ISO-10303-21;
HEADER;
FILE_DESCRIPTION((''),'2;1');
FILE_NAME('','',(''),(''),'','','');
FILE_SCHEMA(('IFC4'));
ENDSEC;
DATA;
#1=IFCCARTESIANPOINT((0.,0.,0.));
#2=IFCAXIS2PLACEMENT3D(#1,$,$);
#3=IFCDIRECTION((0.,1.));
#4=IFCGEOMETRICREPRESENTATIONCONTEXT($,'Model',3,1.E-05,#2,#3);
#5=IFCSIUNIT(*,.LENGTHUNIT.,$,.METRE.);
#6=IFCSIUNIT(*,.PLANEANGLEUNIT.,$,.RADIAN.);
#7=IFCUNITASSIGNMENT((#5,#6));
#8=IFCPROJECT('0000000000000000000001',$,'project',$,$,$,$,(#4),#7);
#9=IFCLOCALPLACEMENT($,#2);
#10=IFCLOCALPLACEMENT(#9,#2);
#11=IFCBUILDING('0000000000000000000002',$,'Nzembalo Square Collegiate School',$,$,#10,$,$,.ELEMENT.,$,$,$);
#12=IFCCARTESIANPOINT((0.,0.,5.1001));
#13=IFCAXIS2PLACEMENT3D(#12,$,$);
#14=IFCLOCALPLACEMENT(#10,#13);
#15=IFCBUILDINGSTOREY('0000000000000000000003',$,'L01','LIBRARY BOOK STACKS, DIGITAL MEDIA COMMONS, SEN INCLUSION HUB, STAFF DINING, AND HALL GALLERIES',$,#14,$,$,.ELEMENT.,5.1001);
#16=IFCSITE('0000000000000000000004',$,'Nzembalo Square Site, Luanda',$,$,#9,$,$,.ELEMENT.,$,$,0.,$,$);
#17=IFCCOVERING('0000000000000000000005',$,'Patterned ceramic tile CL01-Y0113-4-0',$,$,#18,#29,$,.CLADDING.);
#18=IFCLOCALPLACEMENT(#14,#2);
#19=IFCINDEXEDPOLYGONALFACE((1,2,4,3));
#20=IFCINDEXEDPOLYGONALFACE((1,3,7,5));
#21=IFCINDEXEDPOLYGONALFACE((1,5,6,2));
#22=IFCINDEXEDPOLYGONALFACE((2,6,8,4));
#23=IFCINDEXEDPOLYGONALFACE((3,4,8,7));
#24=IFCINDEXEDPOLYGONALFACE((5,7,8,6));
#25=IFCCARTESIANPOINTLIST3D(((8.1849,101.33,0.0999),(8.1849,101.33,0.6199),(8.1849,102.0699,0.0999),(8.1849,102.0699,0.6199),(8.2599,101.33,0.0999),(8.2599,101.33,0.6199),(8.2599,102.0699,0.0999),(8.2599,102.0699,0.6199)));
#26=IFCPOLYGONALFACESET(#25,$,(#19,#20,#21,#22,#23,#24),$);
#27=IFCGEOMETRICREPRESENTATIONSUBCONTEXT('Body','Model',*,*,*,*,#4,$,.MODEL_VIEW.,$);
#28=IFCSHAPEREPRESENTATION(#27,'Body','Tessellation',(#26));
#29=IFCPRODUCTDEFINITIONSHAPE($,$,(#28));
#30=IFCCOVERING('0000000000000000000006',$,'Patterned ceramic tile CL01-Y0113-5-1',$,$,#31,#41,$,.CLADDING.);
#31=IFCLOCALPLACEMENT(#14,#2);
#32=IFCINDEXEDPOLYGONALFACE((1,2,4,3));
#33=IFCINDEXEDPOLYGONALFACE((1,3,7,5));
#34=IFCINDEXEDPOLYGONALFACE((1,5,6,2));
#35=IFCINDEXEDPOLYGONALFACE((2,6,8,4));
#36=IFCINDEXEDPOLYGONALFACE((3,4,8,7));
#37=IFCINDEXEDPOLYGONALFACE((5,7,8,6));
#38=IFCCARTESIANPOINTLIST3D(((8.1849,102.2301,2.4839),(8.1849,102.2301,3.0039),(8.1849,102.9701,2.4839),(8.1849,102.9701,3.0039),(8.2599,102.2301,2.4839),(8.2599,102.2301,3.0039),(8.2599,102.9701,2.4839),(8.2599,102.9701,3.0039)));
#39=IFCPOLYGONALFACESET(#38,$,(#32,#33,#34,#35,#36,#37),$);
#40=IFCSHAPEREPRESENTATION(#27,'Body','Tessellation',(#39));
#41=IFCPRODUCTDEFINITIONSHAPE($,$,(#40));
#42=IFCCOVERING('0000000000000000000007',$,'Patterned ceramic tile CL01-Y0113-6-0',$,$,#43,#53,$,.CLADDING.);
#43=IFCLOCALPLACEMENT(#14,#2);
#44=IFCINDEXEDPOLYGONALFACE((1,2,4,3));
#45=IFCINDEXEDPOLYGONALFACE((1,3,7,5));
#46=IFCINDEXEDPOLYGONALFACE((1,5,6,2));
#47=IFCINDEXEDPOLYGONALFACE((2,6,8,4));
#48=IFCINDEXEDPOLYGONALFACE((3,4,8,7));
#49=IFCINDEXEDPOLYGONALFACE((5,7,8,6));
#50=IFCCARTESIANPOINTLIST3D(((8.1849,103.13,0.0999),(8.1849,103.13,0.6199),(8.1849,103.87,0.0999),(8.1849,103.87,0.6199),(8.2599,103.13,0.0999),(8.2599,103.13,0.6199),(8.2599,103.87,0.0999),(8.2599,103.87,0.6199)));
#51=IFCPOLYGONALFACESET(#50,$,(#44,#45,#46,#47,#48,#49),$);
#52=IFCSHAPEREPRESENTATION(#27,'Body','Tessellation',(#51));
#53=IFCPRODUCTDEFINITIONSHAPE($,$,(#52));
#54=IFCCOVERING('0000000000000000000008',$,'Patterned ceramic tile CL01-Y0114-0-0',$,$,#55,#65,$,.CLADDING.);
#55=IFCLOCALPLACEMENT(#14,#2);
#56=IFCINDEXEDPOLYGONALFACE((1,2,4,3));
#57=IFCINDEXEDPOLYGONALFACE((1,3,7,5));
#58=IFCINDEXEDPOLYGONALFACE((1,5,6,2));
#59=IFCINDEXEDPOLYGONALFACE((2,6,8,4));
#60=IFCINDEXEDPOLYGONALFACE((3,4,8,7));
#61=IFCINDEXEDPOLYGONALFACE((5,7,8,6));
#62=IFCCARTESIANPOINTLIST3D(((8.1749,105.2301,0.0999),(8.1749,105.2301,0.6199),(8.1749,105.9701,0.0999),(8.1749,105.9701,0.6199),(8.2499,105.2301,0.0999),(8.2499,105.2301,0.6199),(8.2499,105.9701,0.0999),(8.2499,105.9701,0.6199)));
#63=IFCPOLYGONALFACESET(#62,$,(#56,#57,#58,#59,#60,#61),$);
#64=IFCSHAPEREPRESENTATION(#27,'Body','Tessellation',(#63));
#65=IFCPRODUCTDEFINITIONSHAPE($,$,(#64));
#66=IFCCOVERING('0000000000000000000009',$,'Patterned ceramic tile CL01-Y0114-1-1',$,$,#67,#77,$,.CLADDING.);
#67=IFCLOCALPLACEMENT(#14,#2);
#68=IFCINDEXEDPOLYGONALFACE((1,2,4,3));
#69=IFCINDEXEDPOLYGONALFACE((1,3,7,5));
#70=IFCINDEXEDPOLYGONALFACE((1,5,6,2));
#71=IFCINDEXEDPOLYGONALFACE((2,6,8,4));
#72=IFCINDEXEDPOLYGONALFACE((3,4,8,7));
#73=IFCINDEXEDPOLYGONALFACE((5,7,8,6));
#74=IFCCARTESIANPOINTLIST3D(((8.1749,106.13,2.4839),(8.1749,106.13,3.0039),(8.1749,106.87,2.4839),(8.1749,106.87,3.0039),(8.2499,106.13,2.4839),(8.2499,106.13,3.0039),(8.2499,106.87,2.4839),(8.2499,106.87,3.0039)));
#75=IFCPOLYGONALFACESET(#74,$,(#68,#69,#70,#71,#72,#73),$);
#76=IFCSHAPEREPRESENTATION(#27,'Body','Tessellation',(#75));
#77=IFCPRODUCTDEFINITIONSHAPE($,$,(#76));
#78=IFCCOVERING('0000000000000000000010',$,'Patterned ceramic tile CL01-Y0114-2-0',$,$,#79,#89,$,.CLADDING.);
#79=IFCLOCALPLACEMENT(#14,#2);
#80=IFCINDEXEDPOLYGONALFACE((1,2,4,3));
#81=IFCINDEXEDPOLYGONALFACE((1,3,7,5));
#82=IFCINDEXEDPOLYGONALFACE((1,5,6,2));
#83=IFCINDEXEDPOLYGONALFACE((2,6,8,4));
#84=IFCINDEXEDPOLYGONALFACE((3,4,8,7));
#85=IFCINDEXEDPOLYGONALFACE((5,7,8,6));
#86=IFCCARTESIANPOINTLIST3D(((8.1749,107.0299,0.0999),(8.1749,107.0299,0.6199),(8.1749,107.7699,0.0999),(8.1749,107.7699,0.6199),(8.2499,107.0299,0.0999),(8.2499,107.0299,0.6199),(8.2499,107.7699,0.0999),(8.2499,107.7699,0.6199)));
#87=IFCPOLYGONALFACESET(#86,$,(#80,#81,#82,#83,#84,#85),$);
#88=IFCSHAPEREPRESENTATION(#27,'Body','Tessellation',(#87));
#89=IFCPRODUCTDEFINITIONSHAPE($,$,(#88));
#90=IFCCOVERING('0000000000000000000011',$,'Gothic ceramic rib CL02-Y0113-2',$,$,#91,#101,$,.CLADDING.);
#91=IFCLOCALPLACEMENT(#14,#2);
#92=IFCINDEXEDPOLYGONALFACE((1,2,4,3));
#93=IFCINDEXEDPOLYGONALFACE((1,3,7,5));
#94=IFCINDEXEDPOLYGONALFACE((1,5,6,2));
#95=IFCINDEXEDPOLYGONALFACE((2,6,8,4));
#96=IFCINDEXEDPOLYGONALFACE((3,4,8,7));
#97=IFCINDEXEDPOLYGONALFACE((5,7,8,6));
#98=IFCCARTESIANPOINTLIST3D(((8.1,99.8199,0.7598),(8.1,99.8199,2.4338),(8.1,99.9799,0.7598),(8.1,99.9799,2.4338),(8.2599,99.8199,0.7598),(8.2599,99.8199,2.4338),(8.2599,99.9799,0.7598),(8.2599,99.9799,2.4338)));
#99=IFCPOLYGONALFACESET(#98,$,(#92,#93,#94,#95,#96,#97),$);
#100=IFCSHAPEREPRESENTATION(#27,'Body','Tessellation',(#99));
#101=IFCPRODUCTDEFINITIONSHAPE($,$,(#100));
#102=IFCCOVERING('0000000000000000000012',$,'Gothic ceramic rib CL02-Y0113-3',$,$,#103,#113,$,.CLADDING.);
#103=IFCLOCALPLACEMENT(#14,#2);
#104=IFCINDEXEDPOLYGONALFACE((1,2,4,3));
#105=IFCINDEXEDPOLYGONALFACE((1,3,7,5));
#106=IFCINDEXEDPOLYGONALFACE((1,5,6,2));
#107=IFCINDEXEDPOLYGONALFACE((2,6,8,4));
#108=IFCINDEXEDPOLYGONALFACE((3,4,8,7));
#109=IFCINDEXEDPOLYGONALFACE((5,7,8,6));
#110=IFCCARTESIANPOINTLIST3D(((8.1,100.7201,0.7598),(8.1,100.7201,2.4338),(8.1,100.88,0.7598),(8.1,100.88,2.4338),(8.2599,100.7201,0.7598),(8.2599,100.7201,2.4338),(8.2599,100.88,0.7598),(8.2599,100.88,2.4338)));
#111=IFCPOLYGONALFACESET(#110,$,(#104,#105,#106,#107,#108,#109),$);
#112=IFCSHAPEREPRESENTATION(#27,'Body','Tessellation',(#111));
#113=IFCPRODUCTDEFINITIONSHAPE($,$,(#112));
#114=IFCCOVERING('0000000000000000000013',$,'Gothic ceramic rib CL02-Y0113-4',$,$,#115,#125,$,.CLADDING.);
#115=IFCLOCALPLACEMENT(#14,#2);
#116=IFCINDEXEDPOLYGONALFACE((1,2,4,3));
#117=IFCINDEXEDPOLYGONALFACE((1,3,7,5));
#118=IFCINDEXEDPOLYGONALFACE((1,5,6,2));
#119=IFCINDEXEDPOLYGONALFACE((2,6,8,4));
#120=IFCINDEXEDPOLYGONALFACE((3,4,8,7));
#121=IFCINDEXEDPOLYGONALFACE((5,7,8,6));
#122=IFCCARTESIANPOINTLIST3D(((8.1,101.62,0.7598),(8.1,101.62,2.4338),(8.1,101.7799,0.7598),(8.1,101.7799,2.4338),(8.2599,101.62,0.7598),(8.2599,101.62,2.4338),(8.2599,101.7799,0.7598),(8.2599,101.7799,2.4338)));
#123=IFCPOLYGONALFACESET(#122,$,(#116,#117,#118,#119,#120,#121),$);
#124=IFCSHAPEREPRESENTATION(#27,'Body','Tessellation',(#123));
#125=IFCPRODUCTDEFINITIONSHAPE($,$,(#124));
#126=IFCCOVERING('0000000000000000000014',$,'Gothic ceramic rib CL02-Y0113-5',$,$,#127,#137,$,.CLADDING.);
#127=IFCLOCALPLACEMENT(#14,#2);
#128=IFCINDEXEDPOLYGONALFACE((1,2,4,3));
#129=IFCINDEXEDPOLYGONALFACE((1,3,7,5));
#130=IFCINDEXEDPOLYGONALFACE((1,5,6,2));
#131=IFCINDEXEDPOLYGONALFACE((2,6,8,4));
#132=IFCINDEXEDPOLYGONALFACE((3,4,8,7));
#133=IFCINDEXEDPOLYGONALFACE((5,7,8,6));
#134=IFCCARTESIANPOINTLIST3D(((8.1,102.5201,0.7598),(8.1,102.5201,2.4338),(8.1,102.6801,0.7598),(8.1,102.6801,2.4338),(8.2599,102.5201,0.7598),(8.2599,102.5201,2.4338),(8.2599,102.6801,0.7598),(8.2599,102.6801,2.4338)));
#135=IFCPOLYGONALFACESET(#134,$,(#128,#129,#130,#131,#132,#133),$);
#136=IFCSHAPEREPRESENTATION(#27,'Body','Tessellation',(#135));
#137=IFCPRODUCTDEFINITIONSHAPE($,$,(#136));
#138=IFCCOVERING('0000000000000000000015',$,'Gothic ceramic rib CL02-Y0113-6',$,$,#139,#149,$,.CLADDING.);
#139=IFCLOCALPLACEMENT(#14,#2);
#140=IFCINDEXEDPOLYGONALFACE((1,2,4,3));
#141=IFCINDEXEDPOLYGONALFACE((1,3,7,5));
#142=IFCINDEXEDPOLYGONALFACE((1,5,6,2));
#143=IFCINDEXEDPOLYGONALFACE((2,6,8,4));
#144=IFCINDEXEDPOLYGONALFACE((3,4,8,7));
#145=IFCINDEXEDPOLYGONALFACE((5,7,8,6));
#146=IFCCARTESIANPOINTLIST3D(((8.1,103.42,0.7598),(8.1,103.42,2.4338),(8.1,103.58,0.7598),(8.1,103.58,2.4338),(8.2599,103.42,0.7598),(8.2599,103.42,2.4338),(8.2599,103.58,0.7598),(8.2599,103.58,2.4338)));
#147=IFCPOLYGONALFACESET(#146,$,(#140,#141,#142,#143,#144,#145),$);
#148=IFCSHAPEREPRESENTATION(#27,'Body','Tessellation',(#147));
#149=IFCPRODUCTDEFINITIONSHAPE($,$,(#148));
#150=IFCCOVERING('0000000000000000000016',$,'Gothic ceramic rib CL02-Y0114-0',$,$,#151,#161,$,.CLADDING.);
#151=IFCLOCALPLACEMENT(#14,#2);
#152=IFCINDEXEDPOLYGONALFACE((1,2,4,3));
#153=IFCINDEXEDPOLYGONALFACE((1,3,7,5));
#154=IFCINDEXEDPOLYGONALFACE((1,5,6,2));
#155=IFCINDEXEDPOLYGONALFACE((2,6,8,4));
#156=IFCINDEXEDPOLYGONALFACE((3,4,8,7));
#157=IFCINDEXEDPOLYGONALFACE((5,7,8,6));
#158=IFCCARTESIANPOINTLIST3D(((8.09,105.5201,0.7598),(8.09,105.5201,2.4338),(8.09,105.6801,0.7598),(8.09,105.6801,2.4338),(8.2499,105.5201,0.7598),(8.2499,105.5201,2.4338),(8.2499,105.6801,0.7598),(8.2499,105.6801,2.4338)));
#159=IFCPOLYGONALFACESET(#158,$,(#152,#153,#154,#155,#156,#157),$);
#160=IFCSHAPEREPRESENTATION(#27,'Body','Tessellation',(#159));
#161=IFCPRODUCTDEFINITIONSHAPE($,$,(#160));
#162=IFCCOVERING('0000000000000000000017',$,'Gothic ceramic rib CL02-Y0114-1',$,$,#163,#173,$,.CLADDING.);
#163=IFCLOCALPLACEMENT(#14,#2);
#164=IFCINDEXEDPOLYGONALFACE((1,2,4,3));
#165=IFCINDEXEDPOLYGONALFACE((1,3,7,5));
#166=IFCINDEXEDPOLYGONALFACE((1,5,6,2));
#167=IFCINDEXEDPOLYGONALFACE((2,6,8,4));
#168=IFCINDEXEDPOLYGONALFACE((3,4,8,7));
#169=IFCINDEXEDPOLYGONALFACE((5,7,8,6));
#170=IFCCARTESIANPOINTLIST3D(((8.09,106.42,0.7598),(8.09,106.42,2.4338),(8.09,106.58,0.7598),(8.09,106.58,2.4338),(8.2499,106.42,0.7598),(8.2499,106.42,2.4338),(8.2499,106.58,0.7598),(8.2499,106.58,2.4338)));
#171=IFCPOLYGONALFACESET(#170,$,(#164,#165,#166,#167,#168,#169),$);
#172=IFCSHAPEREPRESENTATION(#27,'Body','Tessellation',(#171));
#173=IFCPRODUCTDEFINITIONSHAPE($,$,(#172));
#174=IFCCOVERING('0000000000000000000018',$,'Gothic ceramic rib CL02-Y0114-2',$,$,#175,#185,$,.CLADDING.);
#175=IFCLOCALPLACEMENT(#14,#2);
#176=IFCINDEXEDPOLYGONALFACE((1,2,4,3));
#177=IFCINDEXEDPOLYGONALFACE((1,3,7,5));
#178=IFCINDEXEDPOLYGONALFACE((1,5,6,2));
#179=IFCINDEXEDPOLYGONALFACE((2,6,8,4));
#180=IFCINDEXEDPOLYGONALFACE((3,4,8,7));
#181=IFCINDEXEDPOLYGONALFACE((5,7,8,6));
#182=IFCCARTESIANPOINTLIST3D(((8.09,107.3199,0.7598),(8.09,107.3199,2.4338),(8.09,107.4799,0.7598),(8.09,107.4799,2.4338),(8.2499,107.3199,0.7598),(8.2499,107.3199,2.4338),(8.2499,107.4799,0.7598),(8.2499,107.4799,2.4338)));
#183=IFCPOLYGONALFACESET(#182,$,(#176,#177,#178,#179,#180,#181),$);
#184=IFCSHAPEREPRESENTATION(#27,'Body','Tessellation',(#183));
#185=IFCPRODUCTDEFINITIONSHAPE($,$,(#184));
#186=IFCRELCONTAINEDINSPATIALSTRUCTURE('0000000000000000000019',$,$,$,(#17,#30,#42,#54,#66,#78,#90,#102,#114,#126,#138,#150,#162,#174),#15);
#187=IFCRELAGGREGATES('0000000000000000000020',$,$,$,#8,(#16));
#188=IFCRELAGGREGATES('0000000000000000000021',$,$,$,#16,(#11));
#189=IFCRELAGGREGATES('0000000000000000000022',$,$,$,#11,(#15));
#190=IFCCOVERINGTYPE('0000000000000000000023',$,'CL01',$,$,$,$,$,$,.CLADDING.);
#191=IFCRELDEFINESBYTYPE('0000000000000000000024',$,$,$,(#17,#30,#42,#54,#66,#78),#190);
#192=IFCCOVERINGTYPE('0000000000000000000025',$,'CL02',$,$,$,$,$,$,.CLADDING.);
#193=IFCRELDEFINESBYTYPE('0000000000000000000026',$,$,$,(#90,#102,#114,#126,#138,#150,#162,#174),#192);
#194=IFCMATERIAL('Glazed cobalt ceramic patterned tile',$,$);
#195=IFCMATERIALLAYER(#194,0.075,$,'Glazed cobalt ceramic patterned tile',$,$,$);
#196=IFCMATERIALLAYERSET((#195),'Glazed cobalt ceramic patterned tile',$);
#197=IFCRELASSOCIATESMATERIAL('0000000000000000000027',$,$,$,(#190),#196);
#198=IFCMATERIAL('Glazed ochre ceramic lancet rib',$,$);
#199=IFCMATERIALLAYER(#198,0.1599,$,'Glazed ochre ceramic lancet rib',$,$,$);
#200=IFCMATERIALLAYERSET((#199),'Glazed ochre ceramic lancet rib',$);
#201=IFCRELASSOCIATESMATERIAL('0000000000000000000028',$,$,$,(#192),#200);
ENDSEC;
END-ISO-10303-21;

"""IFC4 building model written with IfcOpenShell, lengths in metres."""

from ifc_helpers import new_model, si_unit, direction, frame, origin, origin_2d, place, context, subcontext, project, spatial, rectangle, extrude, material, layer, layer_set, type_object, element, save


model = new_model("IFC4")

# Units and contexts
model_context = context("Model", 3, precision=1e-05, world=origin(), true_north=direction((0.0, 1.0)))
body_context = subcontext(model_context, "Body", "Model", "MODEL_VIEW")
ifc_project = project(units=[si_unit("LENGTHUNIT", "METRE"), si_unit("PLANEANGLEUNIT", "RADIAN")], contexts=[model_context])

# Site, building, storey
site_placement = place(None, origin())
site = spatial("IfcSite", under=ifc_project, at=site_placement, Name="Nzembalo Square Site, Luanda", CompositionType="ELEMENT", RefElevation=0.0)
building_placement = place(site_placement, origin())
building = spatial("IfcBuilding", under=site, at=building_placement, Name="Nzembalo Square Collegiate School", CompositionType="ELEMENT")
storey_placement = place(building_placement, frame((0.0, 0.0, 5.1001)))
storey = spatial("IfcBuildingStorey", under=building, at=storey_placement, Name="L01", Description="LIBRARY BOOK STACKS, DIGITAL MEDIA COMMONS, SEN INCLUSION HUB, STAFF DINING, AND HALL GALLERIES", CompositionType="ELEMENT", Elevation=5.1001)

# Coverings
ifc_material_1 = material(Name="Glazed cobalt ceramic patterned tile")
ifc_layer_1 = layer(ifc_material_1, 0.075, Name="Glazed cobalt ceramic patterned tile")
ifc_layer_set_1 = layer_set([ifc_layer_1], Name="Glazed cobalt ceramic patterned tile")
covering_type_1 = type_object("IfcCoveringType", Name="CL01", PredefinedType="CLADDING", material=ifc_layer_set_1)
for number, where, z_axis, x_axis, name in (
    (1, (8.2224, 101.7, 0.0999), (0.0, 0.0, 1.0), (1.0, 0.0, 0.0), "Patterned ceramic tile CL01-Y0113-4-0"),
    (2, (8.2224, 102.6001, 2.4839), (0.0, 0.0, 1.0), (1.0, 0.0, 0.0), "Patterned ceramic tile CL01-Y0113-5-1"),
    (3, (8.2224, 103.5, 0.0999), (0.0, 0.0, 1.0), (1.0, 0.0, 0.0), "Patterned ceramic tile CL01-Y0113-6-0"),
    (4, (8.2124, 105.6001, 0.0999), (0.0, 0.0, 1.0), (1.0, 0.0, 0.0), "Patterned ceramic tile CL01-Y0114-0-0"),
    (5, (8.2124, 106.5, 2.4839), (0.0, 0.0, 1.0), (1.0, 0.0, 0.0), "Patterned ceramic tile CL01-Y0114-1-1"),
    (6, (8.2124, 107.3999, 0.0999), (0.0, 0.0, 1.0), (1.0, 0.0, 0.0), "Patterned ceramic tile CL01-Y0114-2-0"),
):
    element("IfcCovering", number, at=place(storey_placement, frame(where, z_axis=z_axis, x_axis=x_axis)), inside=storey, type_object=covering_type_1, Name=name, PredefinedType="CLADDING", context=body_context, shape_type="SweptSolid", body=[
        extrude(rectangle(XDim=0.075, YDim=0.74, at=origin_2d()), origin(), (0.0, 0.0, 1.0), 0.52),
    ])
ifc_material_2 = material(Name="Glazed ochre ceramic lancet rib")
ifc_layer_2 = layer(ifc_material_2, 0.1599, Name="Glazed ochre ceramic lancet rib")
ifc_layer_set_2 = layer_set([ifc_layer_2], Name="Glazed ochre ceramic lancet rib")
covering_type_2 = type_object("IfcCoveringType", Name="CL02", PredefinedType="CLADDING", material=ifc_layer_set_2)
for number, where, z_axis, x_axis, name in (
    (7, (8.1799, 99.8999, 0.7598), (0.0, 0.0, 1.0), (1.0, 0.0, 0.0), "Gothic ceramic rib CL02-Y0113-2"),
    (8, (8.1799, 100.8, 0.7598), (0.0, 0.0, 1.0), (1.0, 0.0, 0.0), "Gothic ceramic rib CL02-Y0113-3"),
    (9, (8.1799, 101.7, 0.7598), (0.0, 0.0, 1.0), (1.0, 0.0, 0.0), "Gothic ceramic rib CL02-Y0113-4"),
    (10, (8.1799, 102.6001, 0.7598), (0.0, 0.0, 1.0), (1.0, 0.0, 0.0), "Gothic ceramic rib CL02-Y0113-5"),
    (11, (8.1799, 103.5, 0.7598), (0.0, 0.0, 1.0), (1.0, 0.0, 0.0), "Gothic ceramic rib CL02-Y0113-6"),
    (12, (8.1699, 105.6001, 0.7598), (0.0, 0.0, 1.0), (1.0, 0.0, 0.0), "Gothic ceramic rib CL02-Y0114-0"),
    (13, (8.1699, 106.5, 0.7598), (0.0, 0.0, 1.0), (1.0, 0.0, 0.0), "Gothic ceramic rib CL02-Y0114-1"),
    (14, (8.1699, 107.3999, 0.7598), (0.0, 0.0, 1.0), (1.0, 0.0, 0.0), "Gothic ceramic rib CL02-Y0114-2"),
):
    element("IfcCovering", number, at=place(storey_placement, frame(where, z_axis=z_axis, x_axis=x_axis)), inside=storey, type_object=covering_type_2, Name=name, PredefinedType="CLADDING", context=body_context, shape_type="SweptSolid", body=[
        extrude(rectangle(XDim=0.1599, YDim=0.1599, at=origin_2d()), origin(), (0.0, 0.0, 1.0), 1.6741),
    ])

save(model, "model.ifc")
